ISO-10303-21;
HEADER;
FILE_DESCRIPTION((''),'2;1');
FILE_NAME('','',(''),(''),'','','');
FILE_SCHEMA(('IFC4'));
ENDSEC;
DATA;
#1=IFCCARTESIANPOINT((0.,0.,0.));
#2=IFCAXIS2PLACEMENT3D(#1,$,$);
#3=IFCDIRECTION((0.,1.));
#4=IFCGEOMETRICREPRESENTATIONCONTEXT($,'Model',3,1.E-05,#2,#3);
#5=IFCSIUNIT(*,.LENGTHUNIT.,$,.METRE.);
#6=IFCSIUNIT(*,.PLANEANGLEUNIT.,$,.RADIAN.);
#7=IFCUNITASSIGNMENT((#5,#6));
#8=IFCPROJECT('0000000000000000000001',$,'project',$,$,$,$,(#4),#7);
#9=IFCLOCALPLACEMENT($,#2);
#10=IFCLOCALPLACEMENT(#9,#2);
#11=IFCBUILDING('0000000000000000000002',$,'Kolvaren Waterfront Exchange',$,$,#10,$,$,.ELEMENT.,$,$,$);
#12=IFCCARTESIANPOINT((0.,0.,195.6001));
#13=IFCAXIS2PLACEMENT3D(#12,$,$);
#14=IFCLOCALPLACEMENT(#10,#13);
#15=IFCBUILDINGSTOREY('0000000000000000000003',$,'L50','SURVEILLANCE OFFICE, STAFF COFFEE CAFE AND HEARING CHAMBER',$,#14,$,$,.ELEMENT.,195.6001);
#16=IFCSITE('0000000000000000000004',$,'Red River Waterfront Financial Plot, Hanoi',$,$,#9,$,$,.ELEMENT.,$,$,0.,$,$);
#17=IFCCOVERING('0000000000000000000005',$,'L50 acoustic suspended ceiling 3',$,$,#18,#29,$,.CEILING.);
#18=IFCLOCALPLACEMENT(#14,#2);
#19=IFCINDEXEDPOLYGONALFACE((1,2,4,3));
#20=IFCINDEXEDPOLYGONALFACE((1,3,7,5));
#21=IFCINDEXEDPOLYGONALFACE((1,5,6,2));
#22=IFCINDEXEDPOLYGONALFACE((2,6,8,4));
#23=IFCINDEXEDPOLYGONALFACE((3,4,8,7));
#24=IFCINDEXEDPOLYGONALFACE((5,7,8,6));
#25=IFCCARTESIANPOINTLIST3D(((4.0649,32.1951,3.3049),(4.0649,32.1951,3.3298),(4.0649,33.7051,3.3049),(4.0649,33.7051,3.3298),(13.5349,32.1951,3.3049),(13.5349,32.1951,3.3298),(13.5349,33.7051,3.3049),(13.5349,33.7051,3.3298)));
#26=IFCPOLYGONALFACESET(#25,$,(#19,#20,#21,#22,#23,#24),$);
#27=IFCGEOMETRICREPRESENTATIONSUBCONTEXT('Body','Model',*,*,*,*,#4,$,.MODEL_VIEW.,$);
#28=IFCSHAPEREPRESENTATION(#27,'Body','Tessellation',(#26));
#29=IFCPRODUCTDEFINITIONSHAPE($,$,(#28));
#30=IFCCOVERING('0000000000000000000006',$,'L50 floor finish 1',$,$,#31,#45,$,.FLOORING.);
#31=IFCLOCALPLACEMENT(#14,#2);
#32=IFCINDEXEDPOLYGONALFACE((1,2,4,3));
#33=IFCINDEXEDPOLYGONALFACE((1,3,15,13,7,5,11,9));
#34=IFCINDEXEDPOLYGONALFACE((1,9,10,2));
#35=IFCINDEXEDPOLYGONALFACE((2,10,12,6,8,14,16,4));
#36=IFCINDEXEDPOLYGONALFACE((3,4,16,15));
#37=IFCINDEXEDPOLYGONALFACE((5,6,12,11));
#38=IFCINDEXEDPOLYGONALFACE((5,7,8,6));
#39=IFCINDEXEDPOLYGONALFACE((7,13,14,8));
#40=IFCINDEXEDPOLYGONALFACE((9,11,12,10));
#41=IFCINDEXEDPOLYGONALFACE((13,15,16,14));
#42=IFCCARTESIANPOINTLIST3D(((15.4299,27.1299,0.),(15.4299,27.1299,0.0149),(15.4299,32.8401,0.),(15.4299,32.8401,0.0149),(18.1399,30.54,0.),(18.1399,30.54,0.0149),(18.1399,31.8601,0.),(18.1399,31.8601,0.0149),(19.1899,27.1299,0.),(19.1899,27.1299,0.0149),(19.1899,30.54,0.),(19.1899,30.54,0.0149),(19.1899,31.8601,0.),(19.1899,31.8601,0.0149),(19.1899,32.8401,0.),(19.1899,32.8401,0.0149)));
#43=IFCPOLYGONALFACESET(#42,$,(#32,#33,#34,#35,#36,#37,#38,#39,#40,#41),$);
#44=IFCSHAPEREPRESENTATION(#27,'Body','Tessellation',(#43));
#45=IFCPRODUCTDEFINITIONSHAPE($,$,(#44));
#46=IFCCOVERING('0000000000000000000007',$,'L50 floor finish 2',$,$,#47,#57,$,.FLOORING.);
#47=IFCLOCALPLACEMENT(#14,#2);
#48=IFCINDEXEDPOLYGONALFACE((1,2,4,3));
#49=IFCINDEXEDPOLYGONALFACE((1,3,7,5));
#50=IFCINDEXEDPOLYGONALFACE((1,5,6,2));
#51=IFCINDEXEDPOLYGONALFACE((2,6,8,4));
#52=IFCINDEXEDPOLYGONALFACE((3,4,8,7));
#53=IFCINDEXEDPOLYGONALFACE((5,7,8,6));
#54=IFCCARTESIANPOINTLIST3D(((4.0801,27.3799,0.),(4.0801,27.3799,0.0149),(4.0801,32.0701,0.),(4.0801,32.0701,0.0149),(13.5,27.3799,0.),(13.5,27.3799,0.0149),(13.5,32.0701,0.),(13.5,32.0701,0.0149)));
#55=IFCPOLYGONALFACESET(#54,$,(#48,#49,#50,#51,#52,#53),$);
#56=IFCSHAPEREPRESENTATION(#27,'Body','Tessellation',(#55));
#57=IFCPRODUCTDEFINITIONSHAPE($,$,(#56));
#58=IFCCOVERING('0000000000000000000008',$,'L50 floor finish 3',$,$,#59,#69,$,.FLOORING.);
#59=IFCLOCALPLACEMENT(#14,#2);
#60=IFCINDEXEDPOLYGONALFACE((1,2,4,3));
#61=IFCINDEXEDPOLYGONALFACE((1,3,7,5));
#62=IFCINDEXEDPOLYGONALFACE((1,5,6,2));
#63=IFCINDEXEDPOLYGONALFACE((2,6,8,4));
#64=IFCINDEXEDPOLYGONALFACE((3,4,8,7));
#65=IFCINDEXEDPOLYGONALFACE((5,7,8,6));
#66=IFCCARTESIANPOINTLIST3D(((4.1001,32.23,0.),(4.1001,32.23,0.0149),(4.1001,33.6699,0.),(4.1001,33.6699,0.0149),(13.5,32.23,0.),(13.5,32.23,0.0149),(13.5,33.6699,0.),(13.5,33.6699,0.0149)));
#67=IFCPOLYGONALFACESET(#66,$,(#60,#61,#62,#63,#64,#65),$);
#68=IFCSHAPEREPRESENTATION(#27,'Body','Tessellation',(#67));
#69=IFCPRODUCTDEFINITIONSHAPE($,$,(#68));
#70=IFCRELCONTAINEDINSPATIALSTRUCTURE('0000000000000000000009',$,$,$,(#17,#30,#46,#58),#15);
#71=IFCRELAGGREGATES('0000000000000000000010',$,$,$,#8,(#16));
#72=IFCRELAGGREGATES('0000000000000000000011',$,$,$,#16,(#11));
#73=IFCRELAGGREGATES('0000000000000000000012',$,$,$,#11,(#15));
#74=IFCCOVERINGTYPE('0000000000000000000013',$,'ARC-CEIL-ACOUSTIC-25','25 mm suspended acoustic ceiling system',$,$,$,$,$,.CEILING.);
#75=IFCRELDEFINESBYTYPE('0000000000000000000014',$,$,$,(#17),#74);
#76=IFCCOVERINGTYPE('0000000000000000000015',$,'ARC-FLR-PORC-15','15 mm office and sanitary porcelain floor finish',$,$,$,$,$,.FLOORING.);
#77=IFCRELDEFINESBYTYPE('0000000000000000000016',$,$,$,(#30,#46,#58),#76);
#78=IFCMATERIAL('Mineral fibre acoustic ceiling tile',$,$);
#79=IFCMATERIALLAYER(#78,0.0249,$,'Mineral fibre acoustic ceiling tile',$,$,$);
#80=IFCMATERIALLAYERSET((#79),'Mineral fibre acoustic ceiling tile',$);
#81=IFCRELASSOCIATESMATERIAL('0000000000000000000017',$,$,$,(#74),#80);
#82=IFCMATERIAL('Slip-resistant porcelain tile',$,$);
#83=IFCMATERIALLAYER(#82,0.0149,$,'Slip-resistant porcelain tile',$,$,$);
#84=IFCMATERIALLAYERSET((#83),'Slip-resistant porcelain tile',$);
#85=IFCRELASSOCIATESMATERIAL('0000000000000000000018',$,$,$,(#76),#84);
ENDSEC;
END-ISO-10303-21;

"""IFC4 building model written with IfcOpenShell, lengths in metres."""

from ifc_helpers import new_model, si_unit, direction, frame, origin, place, context, subcontext, project, spatial, polyline, outline, extrude, material, layer, layer_set, type_object, element, save


model = new_model("IFC4")

# Units and contexts
model_context = context("Model", 3, precision=1e-05, world=origin(), true_north=direction((0.0, 1.0)))
body_context = subcontext(model_context, "Body", "Model", "MODEL_VIEW")
ifc_project = project(units=[si_unit("LENGTHUNIT", "METRE"), si_unit("PLANEANGLEUNIT", "RADIAN")], contexts=[model_context])

# Site, building, storey
site_placement = place(None, origin())
site = spatial("IfcSite", under=ifc_project, at=site_placement, Name="Red River Waterfront Financial Plot, Hanoi", CompositionType="ELEMENT", RefElevation=0.0)
building_placement = place(site_placement, origin())
building = spatial("IfcBuilding", under=site, at=building_placement, Name="Kolvaren Waterfront Exchange", CompositionType="ELEMENT")
storey_placement = place(building_placement, frame((0.0, 0.0, 195.6001)))
storey = spatial("IfcBuildingStorey", under=building, at=storey_placement, Name="L50", Description="SURVEILLANCE OFFICE, STAFF COFFEE CAFE AND HEARING CHAMBER", CompositionType="ELEMENT", Elevation=195.6001)

# Coverings
ifc_material_1 = material(Name="Mineral fibre acoustic ceiling tile")
ifc_layer_1 = layer(ifc_material_1, 0.0249, Name="Mineral fibre acoustic ceiling tile")
ifc_layer_set_1 = layer_set([ifc_layer_1], Name="Mineral fibre acoustic ceiling tile")
covering_type_1 = type_object("IfcCoveringType", Name="ARC-CEIL-ACOUSTIC-25", Description="25 mm suspended acoustic ceiling system", PredefinedType="CEILING", material=ifc_layer_set_1)
covering_1_placement = place(storey_placement, frame((0.0, 0.0, 3.3049)))
element("IfcCovering", 1, at=covering_1_placement, inside=storey, type_object=covering_type_1, Name="L50 acoustic suspended ceiling 3", PredefinedType="CEILING", context=body_context, shape_type="SweptSolid", body=[
    extrude(outline(polyline([(13.5349, 32.1951), (13.5349, 33.7051), (4.0649, 33.7051), (4.0649, 32.1951), (13.5349, 32.1951)])), origin(), (0.0, 0.0, 1.0), 0.0249),
])
ifc_material_2 = material(Name="Slip-resistant porcelain tile")
ifc_layer_2 = layer(ifc_material_2, 0.0149, Name="Slip-resistant porcelain tile")
ifc_layer_set_2 = layer_set([ifc_layer_2], Name="Slip-resistant porcelain tile")
covering_type_2 = type_object("IfcCoveringType", Name="ARC-FLR-PORC-15", Description="15 mm office and sanitary porcelain floor finish", PredefinedType="FLOORING", material=ifc_layer_set_2)
covering_2_placement = place(storey_placement, origin())
element("IfcCovering", 2, at=covering_2_placement, inside=storey, type_object=covering_type_2, Name="L50 floor finish 1", PredefinedType="FLOORING", context=body_context, shape_type="SweptSolid", body=[
    extrude(outline(polyline([(15.4299, 32.8401), (15.4299, 27.1299), (19.1899, 27.1299), (19.1899, 30.54), (18.1399, 30.54), (18.1399, 31.8601), (19.1899, 31.8601), (19.1899, 32.8401), (15.4299, 32.8401)])), origin(), (0.0, 0.0, 1.0), 0.0149),
])
covering_3_placement = place(storey_placement, origin())
element("IfcCovering", 3, at=covering_3_placement, inside=storey, type_object=covering_type_2, Name="L50 floor finish 2", PredefinedType="FLOORING", context=body_context, shape_type="SweptSolid", body=[
    extrude(outline(polyline([(4.0801, 32.0701), (4.0801, 27.3799), (13.5, 27.3799), (13.5, 32.0701), (4.0801, 32.0701)])), origin(), (0.0, 0.0, 1.0), 0.0149),
])
covering_4_placement = place(storey_placement, origin())
element("IfcCovering", 4, at=covering_4_placement, inside=storey, type_object=covering_type_2, Name="L50 floor finish 3", PredefinedType="FLOORING", context=body_context, shape_type="SweptSolid", body=[
    extrude(outline(polyline([(4.1001, 33.6699), (4.1001, 32.23), (13.5, 32.23), (13.5, 33.6699), (4.1001, 33.6699)])), origin(), (0.0, 0.0, 1.0), 0.0149),
])

save(model, "model.ifc")
